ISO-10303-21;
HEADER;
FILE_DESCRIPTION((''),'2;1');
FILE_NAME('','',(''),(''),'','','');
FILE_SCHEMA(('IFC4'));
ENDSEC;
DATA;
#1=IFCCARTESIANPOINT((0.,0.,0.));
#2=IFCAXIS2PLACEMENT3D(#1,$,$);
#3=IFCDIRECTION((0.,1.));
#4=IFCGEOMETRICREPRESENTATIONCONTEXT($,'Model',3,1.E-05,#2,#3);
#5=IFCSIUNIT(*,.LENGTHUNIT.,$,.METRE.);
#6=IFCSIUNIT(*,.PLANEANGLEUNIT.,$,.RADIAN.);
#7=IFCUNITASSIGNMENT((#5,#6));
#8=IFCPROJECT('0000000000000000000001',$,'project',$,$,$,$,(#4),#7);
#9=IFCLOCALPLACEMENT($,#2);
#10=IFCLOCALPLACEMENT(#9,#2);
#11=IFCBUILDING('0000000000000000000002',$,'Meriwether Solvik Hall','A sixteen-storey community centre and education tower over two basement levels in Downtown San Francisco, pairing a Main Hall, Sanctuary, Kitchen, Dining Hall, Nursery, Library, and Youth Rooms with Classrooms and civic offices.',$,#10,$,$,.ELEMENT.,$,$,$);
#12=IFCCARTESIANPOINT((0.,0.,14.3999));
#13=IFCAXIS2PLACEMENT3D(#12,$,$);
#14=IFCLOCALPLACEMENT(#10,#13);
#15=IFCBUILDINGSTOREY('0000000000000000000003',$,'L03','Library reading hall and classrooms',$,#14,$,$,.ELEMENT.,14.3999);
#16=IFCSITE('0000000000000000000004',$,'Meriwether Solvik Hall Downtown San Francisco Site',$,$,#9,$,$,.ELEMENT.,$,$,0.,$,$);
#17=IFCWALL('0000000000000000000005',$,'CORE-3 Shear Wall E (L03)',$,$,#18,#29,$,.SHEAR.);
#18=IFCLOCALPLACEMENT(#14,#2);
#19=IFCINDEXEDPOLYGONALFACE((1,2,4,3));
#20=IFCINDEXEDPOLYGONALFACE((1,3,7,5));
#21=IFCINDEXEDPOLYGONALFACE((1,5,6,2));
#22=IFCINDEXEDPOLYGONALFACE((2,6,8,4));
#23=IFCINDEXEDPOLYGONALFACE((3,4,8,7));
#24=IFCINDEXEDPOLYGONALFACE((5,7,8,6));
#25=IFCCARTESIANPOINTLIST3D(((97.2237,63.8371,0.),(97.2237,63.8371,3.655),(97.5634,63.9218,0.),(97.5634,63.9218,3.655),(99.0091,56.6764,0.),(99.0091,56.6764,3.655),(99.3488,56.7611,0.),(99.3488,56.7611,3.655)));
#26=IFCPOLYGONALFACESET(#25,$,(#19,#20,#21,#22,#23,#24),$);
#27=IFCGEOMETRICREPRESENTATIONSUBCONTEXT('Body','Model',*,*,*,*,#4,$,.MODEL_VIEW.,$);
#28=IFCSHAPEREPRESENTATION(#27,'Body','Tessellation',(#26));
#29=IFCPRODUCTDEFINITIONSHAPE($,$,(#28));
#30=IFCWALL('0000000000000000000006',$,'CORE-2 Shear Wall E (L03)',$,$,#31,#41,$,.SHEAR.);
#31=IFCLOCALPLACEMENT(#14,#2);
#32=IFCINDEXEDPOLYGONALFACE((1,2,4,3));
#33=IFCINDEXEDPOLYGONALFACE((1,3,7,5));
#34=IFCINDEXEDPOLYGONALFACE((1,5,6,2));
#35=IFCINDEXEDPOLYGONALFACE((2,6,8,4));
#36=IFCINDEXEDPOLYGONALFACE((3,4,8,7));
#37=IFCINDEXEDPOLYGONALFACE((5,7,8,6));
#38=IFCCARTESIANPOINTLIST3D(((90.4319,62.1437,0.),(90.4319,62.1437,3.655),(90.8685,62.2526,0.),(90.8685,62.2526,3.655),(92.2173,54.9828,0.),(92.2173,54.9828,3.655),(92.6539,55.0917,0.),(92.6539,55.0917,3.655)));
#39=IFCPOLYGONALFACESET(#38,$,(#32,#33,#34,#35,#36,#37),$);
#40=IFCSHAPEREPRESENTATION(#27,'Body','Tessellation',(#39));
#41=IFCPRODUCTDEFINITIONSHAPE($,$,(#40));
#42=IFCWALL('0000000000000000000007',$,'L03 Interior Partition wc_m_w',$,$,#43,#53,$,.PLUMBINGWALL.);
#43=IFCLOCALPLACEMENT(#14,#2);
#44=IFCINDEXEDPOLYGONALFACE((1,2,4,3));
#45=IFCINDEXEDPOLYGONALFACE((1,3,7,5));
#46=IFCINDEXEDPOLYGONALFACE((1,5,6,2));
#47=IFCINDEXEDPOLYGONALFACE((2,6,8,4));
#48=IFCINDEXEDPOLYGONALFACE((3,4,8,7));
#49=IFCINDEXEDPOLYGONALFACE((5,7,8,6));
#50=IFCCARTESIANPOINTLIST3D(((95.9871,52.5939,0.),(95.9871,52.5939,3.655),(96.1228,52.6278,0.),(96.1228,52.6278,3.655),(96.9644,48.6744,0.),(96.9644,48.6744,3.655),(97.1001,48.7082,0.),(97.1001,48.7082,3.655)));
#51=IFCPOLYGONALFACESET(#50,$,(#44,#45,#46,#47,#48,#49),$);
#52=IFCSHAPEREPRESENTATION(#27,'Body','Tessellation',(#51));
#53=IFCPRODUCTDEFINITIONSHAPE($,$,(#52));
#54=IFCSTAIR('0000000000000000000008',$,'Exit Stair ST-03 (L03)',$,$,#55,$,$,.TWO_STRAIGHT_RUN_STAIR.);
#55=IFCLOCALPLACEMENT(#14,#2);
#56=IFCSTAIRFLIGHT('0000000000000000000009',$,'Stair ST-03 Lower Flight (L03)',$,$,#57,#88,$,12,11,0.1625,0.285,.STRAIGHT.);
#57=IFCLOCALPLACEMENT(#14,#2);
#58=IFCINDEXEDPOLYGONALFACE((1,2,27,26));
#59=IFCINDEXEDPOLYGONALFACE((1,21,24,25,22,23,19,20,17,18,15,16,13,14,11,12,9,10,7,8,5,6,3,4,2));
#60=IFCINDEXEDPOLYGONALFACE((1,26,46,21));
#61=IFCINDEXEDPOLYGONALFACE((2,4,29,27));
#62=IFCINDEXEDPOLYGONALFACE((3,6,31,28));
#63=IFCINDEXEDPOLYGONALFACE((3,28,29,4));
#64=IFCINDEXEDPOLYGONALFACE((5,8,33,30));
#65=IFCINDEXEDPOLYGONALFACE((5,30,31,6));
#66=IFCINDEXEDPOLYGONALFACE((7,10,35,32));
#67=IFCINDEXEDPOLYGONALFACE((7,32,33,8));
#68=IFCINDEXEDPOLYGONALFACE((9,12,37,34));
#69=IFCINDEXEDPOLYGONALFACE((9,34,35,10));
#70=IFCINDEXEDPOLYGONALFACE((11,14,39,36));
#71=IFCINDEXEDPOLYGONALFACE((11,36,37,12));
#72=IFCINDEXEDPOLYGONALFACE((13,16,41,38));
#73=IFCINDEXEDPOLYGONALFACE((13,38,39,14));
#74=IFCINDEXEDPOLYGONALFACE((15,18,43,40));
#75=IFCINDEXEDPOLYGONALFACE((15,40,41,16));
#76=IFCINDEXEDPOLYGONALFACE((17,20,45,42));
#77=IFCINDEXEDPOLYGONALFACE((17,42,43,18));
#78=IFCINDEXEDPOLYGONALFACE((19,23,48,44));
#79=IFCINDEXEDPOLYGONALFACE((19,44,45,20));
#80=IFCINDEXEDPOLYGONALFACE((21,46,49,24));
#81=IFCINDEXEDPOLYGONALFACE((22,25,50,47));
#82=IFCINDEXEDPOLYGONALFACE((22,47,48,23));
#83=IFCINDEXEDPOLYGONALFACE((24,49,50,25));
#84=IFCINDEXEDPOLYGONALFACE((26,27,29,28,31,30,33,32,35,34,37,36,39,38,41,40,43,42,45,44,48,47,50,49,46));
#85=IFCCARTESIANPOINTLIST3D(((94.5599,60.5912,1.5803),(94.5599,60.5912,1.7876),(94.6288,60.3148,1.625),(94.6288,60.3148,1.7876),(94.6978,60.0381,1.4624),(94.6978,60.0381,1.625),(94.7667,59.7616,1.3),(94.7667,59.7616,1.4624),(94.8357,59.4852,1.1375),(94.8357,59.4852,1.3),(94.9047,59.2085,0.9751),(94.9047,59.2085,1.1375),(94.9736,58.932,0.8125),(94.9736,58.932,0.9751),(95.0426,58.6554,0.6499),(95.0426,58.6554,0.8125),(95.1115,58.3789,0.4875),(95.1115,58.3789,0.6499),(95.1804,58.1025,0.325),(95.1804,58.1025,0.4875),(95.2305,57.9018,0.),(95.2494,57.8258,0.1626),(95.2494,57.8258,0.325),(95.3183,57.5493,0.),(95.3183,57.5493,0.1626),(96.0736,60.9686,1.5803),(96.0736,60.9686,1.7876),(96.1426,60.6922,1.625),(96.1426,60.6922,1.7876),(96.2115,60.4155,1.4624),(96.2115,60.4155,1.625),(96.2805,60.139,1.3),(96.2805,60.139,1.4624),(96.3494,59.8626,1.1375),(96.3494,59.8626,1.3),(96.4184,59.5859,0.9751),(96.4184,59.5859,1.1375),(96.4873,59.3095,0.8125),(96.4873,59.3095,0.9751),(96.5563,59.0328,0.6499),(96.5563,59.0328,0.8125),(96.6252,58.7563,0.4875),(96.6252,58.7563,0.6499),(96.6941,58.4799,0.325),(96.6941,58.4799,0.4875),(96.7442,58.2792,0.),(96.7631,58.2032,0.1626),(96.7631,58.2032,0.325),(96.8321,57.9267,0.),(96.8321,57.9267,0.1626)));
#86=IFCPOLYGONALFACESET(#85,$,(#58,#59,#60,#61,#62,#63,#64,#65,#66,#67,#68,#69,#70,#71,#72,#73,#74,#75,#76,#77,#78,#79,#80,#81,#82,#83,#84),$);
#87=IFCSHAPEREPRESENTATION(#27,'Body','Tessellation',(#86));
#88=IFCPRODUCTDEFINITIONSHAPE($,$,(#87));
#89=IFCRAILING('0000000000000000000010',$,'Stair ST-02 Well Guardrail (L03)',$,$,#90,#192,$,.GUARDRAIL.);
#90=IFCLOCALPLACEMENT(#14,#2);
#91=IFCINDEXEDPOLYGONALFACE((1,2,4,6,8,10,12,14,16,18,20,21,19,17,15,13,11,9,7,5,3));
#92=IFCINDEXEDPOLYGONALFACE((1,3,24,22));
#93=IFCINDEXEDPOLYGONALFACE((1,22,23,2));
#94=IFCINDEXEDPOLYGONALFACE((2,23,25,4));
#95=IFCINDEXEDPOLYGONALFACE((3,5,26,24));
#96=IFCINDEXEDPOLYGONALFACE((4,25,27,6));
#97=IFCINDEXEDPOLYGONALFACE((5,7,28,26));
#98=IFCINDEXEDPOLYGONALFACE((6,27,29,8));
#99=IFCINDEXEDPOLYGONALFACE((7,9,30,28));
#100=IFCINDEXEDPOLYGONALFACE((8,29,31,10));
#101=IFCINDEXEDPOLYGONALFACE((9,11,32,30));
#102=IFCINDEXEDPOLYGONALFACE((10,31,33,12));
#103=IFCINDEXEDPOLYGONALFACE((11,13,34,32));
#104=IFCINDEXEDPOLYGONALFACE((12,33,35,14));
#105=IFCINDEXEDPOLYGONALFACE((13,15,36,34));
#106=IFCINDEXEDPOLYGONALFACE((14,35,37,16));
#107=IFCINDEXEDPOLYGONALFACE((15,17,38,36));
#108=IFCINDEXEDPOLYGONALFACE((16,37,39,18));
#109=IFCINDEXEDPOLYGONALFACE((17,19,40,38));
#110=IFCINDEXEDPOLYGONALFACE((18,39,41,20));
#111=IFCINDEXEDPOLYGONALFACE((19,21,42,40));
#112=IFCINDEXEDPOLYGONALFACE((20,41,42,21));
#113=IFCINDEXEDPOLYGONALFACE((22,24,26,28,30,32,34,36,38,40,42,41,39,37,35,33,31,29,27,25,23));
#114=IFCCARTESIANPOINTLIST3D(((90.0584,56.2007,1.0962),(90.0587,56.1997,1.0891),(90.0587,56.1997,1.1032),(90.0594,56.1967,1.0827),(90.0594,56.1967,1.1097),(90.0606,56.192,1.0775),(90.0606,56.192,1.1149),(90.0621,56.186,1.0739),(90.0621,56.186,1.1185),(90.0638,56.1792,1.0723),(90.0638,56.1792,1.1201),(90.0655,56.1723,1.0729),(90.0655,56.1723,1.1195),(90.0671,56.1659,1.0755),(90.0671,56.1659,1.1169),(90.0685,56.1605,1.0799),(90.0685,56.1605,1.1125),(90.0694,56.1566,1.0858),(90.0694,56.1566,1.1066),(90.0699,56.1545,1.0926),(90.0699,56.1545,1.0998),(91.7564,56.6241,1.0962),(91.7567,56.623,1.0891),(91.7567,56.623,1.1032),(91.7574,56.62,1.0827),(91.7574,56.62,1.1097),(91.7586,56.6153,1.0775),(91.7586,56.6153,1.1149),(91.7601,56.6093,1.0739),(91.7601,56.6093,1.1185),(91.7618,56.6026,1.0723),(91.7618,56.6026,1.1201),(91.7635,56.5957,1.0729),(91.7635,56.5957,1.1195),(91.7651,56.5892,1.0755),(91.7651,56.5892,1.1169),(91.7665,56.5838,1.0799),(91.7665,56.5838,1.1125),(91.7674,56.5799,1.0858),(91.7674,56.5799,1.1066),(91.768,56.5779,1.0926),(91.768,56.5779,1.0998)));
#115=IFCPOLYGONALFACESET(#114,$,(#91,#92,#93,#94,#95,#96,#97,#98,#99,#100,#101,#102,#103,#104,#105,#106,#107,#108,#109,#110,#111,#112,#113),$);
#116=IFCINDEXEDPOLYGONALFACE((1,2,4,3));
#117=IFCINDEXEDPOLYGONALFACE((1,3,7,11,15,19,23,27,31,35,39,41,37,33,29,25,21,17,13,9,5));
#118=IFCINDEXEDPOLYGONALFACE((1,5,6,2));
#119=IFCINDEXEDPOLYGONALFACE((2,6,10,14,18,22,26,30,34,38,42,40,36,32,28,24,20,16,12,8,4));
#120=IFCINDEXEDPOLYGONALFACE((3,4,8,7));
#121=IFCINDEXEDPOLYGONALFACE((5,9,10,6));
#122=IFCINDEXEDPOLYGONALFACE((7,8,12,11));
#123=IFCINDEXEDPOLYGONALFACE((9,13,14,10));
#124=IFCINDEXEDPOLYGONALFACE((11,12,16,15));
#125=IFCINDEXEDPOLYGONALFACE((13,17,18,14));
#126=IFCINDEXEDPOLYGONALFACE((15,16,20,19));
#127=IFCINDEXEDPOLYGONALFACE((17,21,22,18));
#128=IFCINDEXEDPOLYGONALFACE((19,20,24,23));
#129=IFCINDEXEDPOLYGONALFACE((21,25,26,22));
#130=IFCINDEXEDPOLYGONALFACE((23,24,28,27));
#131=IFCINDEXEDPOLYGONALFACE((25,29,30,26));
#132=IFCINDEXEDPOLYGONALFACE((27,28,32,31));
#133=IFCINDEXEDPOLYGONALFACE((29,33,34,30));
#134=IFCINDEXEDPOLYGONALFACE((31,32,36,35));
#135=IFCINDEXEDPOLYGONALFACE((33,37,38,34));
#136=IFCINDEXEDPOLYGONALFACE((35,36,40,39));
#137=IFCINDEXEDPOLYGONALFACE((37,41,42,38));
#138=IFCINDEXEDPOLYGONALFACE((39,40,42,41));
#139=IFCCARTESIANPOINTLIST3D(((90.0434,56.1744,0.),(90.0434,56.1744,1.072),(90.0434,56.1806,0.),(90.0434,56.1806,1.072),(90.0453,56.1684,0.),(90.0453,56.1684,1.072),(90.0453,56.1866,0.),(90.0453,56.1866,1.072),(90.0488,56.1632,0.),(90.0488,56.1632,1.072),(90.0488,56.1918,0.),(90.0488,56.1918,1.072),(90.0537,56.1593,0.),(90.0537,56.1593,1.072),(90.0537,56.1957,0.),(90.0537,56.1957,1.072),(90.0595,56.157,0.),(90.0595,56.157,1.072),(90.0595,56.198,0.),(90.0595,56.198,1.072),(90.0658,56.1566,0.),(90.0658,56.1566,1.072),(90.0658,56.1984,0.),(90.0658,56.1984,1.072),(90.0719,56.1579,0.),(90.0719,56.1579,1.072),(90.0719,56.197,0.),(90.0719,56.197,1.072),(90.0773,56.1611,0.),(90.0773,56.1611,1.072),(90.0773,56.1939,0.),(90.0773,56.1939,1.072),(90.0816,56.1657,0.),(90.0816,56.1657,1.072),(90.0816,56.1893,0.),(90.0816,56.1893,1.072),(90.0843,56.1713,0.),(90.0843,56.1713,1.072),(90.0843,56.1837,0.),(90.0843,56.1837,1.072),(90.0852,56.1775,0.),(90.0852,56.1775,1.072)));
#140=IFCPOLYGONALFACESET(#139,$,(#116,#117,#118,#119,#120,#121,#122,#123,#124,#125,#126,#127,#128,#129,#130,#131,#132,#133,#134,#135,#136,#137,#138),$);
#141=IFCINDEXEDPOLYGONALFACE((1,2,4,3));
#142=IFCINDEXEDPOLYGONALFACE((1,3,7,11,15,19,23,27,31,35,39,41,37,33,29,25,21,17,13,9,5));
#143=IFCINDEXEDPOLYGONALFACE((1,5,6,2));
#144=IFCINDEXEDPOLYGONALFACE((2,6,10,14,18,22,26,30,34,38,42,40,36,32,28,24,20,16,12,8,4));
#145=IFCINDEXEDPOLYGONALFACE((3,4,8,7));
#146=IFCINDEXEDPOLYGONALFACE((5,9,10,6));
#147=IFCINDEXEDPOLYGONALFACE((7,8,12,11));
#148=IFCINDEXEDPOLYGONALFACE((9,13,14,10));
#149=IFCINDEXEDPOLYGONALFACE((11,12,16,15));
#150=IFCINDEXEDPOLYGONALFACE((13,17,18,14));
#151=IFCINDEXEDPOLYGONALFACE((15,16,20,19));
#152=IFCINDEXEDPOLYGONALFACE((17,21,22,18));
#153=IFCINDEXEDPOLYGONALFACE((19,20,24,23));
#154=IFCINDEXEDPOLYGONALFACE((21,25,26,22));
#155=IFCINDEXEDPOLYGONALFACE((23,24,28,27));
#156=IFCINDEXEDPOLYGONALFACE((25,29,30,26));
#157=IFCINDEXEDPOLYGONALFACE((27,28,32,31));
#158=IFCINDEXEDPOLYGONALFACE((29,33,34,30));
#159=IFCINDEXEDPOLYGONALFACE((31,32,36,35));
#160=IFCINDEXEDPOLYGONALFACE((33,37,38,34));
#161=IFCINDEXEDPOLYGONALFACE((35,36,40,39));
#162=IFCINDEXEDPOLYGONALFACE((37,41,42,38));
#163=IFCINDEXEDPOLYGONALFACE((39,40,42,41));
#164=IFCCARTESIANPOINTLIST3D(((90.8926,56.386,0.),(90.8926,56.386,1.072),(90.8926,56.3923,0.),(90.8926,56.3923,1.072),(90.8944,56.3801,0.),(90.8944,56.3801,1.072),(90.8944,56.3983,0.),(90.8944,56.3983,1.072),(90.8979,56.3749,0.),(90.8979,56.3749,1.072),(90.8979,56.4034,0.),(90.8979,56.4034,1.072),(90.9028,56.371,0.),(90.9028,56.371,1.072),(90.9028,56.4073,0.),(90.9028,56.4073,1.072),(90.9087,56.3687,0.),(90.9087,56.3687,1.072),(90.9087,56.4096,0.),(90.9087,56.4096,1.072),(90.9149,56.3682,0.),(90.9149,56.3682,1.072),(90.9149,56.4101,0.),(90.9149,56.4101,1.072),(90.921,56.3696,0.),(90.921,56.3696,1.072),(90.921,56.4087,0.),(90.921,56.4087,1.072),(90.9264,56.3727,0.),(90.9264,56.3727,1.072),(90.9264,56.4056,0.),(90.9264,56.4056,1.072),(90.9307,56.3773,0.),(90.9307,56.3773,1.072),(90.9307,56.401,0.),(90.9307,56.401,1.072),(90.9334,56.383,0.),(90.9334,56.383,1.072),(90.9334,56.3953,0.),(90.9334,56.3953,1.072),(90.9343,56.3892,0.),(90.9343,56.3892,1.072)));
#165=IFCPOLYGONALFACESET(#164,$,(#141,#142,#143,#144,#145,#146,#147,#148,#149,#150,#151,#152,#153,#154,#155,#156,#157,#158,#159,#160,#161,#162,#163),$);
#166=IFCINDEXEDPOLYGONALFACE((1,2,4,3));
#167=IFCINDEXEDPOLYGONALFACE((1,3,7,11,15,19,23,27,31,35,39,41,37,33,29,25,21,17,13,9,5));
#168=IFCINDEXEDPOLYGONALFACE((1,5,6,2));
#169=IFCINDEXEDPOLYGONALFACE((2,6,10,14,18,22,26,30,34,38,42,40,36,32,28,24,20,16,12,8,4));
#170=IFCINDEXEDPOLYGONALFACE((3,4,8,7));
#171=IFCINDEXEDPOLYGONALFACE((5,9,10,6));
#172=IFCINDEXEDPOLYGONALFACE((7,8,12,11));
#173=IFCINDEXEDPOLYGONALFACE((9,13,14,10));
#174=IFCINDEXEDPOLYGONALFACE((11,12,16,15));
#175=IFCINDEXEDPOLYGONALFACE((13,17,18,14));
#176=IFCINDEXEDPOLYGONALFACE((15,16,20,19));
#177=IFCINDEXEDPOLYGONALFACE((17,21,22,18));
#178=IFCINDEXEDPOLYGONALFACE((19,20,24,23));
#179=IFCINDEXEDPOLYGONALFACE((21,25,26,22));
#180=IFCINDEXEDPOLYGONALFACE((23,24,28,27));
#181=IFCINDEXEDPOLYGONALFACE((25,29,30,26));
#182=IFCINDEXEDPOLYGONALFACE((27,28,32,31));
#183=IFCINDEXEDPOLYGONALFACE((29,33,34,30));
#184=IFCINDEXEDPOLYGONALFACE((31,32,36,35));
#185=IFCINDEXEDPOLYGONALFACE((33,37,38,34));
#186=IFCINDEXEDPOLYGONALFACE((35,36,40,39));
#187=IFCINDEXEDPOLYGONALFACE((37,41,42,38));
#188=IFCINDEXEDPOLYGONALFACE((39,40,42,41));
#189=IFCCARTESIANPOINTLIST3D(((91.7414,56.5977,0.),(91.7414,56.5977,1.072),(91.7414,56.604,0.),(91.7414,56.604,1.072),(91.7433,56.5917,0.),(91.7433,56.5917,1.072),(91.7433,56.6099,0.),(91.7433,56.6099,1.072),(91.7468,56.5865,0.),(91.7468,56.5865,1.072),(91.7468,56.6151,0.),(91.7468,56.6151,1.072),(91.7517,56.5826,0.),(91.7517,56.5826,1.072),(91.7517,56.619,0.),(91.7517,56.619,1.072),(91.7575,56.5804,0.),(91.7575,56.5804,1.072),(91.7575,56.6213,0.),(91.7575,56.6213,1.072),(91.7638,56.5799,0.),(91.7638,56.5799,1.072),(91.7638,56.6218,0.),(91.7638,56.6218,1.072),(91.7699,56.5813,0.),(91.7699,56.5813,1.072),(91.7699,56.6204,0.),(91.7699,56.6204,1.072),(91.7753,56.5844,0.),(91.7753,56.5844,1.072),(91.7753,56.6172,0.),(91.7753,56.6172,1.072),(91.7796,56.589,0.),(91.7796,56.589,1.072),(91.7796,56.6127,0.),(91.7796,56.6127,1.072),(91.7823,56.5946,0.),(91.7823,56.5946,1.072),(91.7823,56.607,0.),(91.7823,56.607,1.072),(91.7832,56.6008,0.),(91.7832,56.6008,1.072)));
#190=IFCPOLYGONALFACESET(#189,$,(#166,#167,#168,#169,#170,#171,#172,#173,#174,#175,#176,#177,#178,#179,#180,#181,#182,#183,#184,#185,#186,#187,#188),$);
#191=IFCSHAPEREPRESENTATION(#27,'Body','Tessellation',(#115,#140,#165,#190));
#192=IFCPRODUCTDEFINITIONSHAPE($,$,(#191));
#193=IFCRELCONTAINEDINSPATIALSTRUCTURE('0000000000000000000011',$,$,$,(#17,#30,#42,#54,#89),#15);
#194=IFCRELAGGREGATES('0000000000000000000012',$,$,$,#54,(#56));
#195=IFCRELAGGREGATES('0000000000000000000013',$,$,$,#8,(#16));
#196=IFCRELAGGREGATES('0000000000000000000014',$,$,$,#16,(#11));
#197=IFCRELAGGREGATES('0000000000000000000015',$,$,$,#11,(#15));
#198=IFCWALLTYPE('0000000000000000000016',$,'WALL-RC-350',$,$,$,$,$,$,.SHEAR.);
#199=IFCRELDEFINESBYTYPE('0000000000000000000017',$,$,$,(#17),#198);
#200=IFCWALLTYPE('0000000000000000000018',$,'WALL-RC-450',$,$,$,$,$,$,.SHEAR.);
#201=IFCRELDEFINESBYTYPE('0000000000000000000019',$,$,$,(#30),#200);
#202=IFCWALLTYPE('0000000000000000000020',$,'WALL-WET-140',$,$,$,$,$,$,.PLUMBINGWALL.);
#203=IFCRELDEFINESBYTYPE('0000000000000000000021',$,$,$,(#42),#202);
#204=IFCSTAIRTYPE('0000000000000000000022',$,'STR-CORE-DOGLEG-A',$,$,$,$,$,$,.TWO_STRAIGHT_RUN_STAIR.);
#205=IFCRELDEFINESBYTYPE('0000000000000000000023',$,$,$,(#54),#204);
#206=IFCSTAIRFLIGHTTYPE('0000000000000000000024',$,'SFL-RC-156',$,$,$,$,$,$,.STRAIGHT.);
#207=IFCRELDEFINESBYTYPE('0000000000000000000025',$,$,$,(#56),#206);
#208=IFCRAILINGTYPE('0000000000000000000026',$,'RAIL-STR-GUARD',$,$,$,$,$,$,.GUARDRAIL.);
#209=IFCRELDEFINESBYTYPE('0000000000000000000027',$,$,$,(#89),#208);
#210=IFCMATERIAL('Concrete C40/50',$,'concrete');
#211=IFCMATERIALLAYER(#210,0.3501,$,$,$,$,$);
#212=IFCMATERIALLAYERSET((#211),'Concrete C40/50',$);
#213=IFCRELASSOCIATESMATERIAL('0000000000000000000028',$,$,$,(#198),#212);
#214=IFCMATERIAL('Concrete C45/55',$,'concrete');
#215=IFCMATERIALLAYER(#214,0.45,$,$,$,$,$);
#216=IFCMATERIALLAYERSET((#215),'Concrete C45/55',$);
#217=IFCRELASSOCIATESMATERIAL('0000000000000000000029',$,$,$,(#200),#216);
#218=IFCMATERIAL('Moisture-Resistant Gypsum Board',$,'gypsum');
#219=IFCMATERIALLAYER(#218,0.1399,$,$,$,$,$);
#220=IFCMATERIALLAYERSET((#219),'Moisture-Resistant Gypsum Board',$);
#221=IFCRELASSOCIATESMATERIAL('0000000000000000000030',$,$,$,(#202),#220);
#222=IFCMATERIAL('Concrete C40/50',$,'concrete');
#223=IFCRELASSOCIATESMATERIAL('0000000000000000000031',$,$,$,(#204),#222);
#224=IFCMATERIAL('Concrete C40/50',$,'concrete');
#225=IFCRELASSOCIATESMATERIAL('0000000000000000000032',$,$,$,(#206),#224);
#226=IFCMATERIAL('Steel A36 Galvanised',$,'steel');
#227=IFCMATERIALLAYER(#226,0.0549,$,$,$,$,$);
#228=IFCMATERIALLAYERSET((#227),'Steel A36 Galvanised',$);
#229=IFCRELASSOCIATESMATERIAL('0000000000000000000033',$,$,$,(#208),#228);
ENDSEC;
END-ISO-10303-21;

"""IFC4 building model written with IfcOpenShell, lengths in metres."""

from ifc_helpers import new_model, si_unit, direction, frame, frame_2d, origin, origin_2d, place, context, subcontext, project, spatial, polyline, rectangle, circle, outline, extrude, material, layer, layer_set, type_object, element, aggregate, save


model = new_model("IFC4")

# Units and contexts
model_context = context("Model", 3, precision=1e-05, world=origin(), true_north=direction((0.0, 1.0)))
body_context = subcontext(model_context, "Body", "Model", "MODEL_VIEW")
ifc_project = project(units=[si_unit("LENGTHUNIT", "METRE"), si_unit("PLANEANGLEUNIT", "RADIAN")], contexts=[model_context])

# Site, building, storey
site_placement = place(None, origin())
site = spatial("IfcSite", under=ifc_project, at=site_placement, Name="Meriwether Solvik Hall Downtown San Francisco Site", CompositionType="ELEMENT", RefElevation=0.0)
building_placement = place(site_placement, origin())
building = spatial("IfcBuilding", under=site, at=building_placement, Name="Meriwether Solvik Hall", Description="A sixteen-storey community centre and education tower over two basement levels in Downtown San Francisco, pairing a Main Hall, Sanctuary, Kitchen, Dining Hall, Nursery, Library, and Youth Rooms with Classrooms and civic offices.", CompositionType="ELEMENT")
storey_placement = place(building_placement, frame((0.0, 0.0, 14.3999)))
storey = spatial("IfcBuildingStorey", under=building, at=storey_placement, Name="L03", Description="Library reading hall and classrooms", CompositionType="ELEMENT", Elevation=14.3999)

# Shared definitions
ifc_material_1 = material(Name="Concrete C40/50", Category="concrete")
ifc_layer_1 = layer(ifc_material_1, 0.3501)
ifc_layer_set_1 = layer_set([ifc_layer_1], Name="Concrete C40/50")
wall_type_1 = type_object("IfcWallType", Name="WALL-RC-350", PredefinedType="SHEAR", material=ifc_layer_set_1)

# Walls
wall_1_placement = place(storey_placement, frame((99.179, 56.7188, 0.0), z_axis=(0.0, 0.0, 1.0), x_axis=(-0.241928, 0.970294, 0.0)))
element("IfcWall", 1, at=wall_1_placement, inside=storey, type_object=wall_type_1, Name="CORE-3 Shear Wall E (L03)", PredefinedType="SHEAR", context=body_context, shape_type="SweptSolid", body=[
    extrude(rectangle(XDim=7.3799, YDim=0.3501, at=frame_2d((3.6899, 0.0))), origin(), (0.0, 0.0, 1.0), 3.655),
])
ifc_material_2 = material(Name="Concrete C45/55", Category="concrete")
ifc_layer_2 = layer(ifc_material_2, 0.45)
ifc_layer_set_2 = layer_set([ifc_layer_2], Name="Concrete C45/55")
wall_type_2 = type_object("IfcWallType", Name="WALL-RC-450", PredefinedType="SHEAR", material=ifc_layer_set_2)
wall_2_placement = place(storey_placement, frame((92.4355, 55.0374, 0.0), z_axis=(0.0, 0.0, 1.0), x_axis=(-0.241921, 0.970296, 0.0)))
element("IfcWall", 2, at=wall_2_placement, inside=storey, type_object=wall_type_2, Name="CORE-2 Shear Wall E (L03)", PredefinedType="SHEAR", context=body_context, shape_type="SweptSolid", body=[
    extrude(rectangle(XDim=7.3801, YDim=0.45, at=frame_2d((3.6899, 0.0))), origin(), (0.0, 0.0, 1.0), 3.655),
])

# Shared definitions
ifc_material_3 = material(Name="Moisture-Resistant Gypsum Board", Category="gypsum")
ifc_layer_3 = layer(ifc_material_3, 0.1399)
ifc_layer_set_3 = layer_set([ifc_layer_3], Name="Moisture-Resistant Gypsum Board")
wall_type_3 = type_object("IfcWallType", Name="WALL-WET-140", PredefinedType="PLUMBINGWALL", material=ifc_layer_set_3)

# Wall
wall_3_placement = place(storey_placement, frame((96.0549, 52.6108, 0.0), z_axis=(0.0, 0.0, 1.0), x_axis=(0.241938, -0.970292, 0.0)))
element("IfcWall", 3, at=wall_3_placement, inside=storey, type_object=wall_type_3, Name="L03 Interior Partition wc_m_w", PredefinedType="PLUMBINGWALL", context=body_context, shape_type="SweptSolid", body=[
    extrude(rectangle(XDim=4.0396, YDim=0.1399, at=frame_2d((2.0198, 0.0))), origin(), (0.0, 0.0, 1.0), 3.655),
])

# Stair, stair flight
ifc_material_4 = material(Name="Concrete C40/50", Category="concrete")
stair_type = type_object("IfcStairType", Name="STR-CORE-DOGLEG-A", PredefinedType="TWO_STRAIGHT_RUN_STAIR", material=ifc_material_4)
stair_placement = place(storey_placement, origin())
stair = element("IfcStair", 4, at=stair_placement, inside=storey, type_object=stair_type, Name="Exit Stair ST-03 (L03)", PredefinedType="TWO_STRAIGHT_RUN_STAIR")
ifc_material_5 = material(Name="Concrete C40/50", Category="concrete")
stair_flight_type = type_object("IfcStairFlightType", Name="SFL-RC-156", PredefinedType="STRAIGHT", material=ifc_material_5)
stair_flight_placement = place(storey_placement, frame((96.0752, 57.738, 0.0), z_axis=(0.0, 0.0, 1.0), x_axis=(-0.241922, 0.970296, 0.0)))
stair_flight = element("IfcStairFlight", 5, at=stair_flight_placement, type_object=stair_flight_type, Name="Stair ST-03 Lower Flight (L03)", NumberOfRisers=12, NumberOfTreads=11, PredefinedType="STRAIGHT", RiserHeight=0.1625, TreadLength=0.285, context=body_context, shape_type="SweptSolid", body=[
    extrude(outline(polyline([(0.0, 0.0), (0.0, 0.1626), (0.2849, 0.1626), (0.2849, 0.325), (0.5701, 0.325), (0.5701, 0.4875), (0.855, 0.4875), (0.855, 0.6499), (1.1399, 0.6499), (1.1399, 0.8125), (1.425, 0.8125), (1.425, 0.9751), (1.71, 0.9751), (1.71, 1.1375), (1.9951, 1.1375), (1.9951, 1.3), (2.28, 1.3), (2.28, 1.4624), (2.5649, 1.4624), (2.5649, 1.625), (2.8501, 1.625), (2.8501, 1.7876), (3.135, 1.7876), (3.135, 1.95), (3.135, 1.5803), (0.3633, 0.0), (0.0, 0.0)])), frame((0.0, 0.78, 0.0), z_axis=(0.0, -1.0, 0.0), x_axis=(1.0, 0.0, 0.0)), (0.0, 0.0, 1.0), 1.5601),
])
aggregate(stair, [stair_flight])

# Railing
ifc_material_6 = material(Name="Steel A36 Galvanised", Category="steel")
ifc_layer_4 = layer(ifc_material_6, 0.0549)
ifc_layer_set_4 = layer_set([ifc_layer_4], Name="Steel A36 Galvanised")
railing_type_1 = type_object("IfcRailingType", Name="RAIL-STR-GUARD", PredefinedType="GUARDRAIL", material=ifc_layer_set_4)
for number, where, name in (
    (6, (90.0642, 56.1775, 0.0), "Stair ST-02 Well Guardrail (L03)"),
):
    element("IfcRailing", number, at=place(storey_placement, frame(where)), inside=storey, type_object=railing_type_1, Name=name, PredefinedType="GUARDRAIL", context=body_context, shape_type="SweptSolid", body=[
        extrude(circle(Radius=0.0239, at=origin_2d()), frame((0.0, 0.0, 1.0962), z_axis=(0.970298, 0.241912, 0.0), x_axis=(-0.241912, 0.970298, 0.0)), (0.0, 0.0, 1.0), 1.75),
        extrude(circle(Radius=0.021, at=origin_2d()), origin(), (0.0, 0.0, 1.0), 1.072),
        extrude(circle(Radius=0.021, at=origin_2d()), frame((0.8491, 0.2117, 0.0)), (0.0, 0.0, 1.0), 1.072),
        extrude(circle(Radius=0.021, at=origin_2d()), frame((1.698, 0.4233, 0.0)), (0.0, 0.0, 1.0), 1.072),
    ])

save(model, "model.ifc")
